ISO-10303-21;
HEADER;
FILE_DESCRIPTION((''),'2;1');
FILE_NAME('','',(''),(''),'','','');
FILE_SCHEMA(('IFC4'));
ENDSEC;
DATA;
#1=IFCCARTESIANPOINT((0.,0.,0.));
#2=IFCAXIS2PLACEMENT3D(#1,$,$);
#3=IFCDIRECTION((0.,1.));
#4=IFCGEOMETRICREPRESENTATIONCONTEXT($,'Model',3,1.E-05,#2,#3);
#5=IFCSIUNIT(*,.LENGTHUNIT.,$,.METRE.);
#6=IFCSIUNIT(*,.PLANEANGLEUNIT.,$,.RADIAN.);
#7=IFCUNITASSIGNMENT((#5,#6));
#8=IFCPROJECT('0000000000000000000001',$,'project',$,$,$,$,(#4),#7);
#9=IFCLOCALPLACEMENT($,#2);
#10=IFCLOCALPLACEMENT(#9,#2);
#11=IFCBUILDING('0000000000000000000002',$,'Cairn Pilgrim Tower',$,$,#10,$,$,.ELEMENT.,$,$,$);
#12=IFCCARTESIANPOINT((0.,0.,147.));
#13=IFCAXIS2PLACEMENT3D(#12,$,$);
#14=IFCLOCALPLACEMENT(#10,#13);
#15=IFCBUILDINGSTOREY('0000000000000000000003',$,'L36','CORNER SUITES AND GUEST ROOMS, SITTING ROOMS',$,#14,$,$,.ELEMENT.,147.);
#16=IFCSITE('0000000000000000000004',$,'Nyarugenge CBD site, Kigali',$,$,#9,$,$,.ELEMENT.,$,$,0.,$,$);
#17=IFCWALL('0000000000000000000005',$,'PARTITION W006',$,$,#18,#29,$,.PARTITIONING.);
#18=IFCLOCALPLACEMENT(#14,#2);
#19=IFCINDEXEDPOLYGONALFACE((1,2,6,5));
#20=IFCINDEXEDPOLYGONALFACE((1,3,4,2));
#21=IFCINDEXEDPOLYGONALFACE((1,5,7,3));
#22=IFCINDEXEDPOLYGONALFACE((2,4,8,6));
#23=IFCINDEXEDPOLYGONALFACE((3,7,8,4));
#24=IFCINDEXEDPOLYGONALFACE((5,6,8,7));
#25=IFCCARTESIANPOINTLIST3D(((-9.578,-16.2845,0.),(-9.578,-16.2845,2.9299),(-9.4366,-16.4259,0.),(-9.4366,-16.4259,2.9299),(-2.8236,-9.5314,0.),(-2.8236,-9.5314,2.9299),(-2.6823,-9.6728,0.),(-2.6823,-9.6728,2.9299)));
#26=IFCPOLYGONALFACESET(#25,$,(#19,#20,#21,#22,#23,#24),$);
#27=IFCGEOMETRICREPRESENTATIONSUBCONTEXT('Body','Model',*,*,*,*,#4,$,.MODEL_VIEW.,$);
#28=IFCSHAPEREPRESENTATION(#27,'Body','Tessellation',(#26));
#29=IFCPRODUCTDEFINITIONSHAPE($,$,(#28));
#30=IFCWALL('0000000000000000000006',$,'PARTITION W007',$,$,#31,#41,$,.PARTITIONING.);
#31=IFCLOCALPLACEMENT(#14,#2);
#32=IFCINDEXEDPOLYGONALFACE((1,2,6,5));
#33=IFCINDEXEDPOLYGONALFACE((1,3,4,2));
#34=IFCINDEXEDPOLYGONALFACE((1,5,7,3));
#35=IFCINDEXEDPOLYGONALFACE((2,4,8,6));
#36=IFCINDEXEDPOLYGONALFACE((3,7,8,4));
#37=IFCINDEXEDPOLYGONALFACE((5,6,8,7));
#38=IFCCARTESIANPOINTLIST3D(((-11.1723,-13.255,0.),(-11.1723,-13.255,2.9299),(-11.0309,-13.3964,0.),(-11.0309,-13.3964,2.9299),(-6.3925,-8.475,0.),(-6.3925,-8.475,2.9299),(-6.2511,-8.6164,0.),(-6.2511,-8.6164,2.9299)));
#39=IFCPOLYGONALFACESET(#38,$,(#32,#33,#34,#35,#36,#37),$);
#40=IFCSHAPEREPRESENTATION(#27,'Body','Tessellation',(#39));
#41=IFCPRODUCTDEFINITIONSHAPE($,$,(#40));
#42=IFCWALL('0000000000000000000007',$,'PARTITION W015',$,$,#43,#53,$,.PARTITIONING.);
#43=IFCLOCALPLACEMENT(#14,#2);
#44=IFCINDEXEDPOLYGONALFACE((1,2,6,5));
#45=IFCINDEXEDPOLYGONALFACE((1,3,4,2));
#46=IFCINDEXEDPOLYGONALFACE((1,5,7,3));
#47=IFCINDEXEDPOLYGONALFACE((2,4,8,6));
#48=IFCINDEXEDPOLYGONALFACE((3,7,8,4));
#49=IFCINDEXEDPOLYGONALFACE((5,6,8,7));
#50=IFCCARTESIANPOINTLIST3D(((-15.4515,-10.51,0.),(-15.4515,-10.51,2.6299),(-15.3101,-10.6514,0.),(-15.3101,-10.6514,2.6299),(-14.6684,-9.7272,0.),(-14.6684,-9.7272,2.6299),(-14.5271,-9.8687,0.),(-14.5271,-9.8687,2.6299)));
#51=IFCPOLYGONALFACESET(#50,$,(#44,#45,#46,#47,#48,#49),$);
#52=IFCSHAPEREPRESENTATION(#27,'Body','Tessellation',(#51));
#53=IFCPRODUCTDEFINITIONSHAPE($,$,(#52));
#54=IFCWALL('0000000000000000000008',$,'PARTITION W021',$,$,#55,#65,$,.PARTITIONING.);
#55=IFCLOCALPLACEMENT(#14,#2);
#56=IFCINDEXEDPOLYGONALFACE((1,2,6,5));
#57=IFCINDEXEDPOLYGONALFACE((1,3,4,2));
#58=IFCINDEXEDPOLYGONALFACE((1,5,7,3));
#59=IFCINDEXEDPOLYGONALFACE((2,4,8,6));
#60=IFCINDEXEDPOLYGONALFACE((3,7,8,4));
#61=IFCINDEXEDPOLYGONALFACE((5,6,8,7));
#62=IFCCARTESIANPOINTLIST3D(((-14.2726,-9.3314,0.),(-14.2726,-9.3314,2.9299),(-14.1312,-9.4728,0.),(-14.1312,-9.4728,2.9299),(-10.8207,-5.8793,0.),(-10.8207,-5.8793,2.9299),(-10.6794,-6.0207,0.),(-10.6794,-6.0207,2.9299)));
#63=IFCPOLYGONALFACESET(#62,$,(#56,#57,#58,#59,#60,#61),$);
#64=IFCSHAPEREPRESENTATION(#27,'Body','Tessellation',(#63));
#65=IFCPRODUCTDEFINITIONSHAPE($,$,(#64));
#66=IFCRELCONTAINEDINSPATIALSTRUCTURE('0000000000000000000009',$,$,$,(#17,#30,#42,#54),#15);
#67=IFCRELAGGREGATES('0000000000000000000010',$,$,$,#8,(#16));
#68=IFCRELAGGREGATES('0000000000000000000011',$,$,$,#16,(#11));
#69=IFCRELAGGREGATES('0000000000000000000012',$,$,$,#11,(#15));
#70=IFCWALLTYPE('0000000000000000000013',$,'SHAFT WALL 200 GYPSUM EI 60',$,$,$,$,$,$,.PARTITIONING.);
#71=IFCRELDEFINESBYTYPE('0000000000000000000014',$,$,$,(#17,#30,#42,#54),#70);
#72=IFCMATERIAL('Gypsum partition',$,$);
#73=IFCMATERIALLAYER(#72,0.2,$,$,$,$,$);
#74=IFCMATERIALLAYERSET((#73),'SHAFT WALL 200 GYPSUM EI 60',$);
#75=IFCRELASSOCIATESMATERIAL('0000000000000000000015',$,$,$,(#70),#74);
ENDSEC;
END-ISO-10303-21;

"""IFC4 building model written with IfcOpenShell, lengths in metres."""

from ifc_helpers import new_model, si_unit, direction, frame, frame_2d, origin, place, context, subcontext, project, spatial, rectangle, extrude, material, layer, layer_set, type_object, element, save


model = new_model("IFC4")

# Units and contexts
model_context = context("Model", 3, precision=1e-05, world=origin(), true_north=direction((0.0, 1.0)))
body_context = subcontext(model_context, "Body", "Model", "MODEL_VIEW")
ifc_project = project(units=[si_unit("LENGTHUNIT", "METRE"), si_unit("PLANEANGLEUNIT", "RADIAN")], contexts=[model_context])

# Site, building, storey
site_placement = place(None, origin())
site = spatial("IfcSite", under=ifc_project, at=site_placement, Name="Nyarugenge CBD site, Kigali", CompositionType="ELEMENT", RefElevation=0.0)
building_placement = place(site_placement, origin())
building = spatial("IfcBuilding", under=site, at=building_placement, Name="Cairn Pilgrim Tower", CompositionType="ELEMENT")
storey_placement = place(building_placement, frame((0.0, 0.0, 147.0)))
storey = spatial("IfcBuildingStorey", under=building, at=storey_placement, Name="L36", Description="CORNER SUITES AND GUEST ROOMS, SITTING ROOMS", CompositionType="ELEMENT", Elevation=147.0)

# Walls
ifc_material_1 = material(Name="Gypsum partition")
ifc_layer_1 = layer(ifc_material_1, 0.2)
ifc_layer_set_1 = layer_set([ifc_layer_1], Name="SHAFT WALL 200 GYPSUM EI 60")
wall_type_1 = type_object("IfcWallType", Name="SHAFT WALL 200 GYPSUM EI 60", PredefinedType="PARTITIONING", material=ifc_layer_set_1)
wall_1_placement = place(storey_placement, frame((-9.5073, -16.3552, 0.0), z_axis=(0.0, 0.0, 1.0), x_axis=(0.707171, 0.707043, 0.0)))
element("IfcWall", 1, at=wall_1_placement, inside=storey, type_object=wall_type_1, Name="PARTITION W006", PredefinedType="PARTITIONING", context=body_context, shape_type="SweptSolid", body=[
    extrude(rectangle(XDim=9.5513, YDim=0.2, at=frame_2d((4.7756, 0.0))), origin(), (0.0, 0.0, 1.0), 2.9299),
])
wall_2_placement = place(storey_placement, frame((-11.1016, -13.3257, 0.0), z_axis=(0.0, 0.0, 1.0), x_axis=(0.707089, 0.707125, 0.0)))
element("IfcWall", 2, at=wall_2_placement, inside=storey, type_object=wall_type_1, Name="PARTITION W007", PredefinedType="PARTITIONING", context=body_context, shape_type="SweptSolid", body=[
    extrude(rectangle(XDim=6.7598, YDim=0.2, at=frame_2d((3.3799, 0.0))), origin(), (0.0, 0.0, 1.0), 2.9299),
])
wall_3_placement = place(storey_placement, frame((-15.3809, -10.5808, 0.0), z_axis=(0.0, 0.0, 1.0), x_axis=(0.707217, 0.706997, 0.0)))
element("IfcWall", 3, at=wall_3_placement, inside=storey, type_object=wall_type_1, Name="PARTITION W015", PredefinedType="PARTITIONING", context=body_context, shape_type="SweptSolid", body=[
    extrude(rectangle(XDim=1.1072, YDim=0.2, at=frame_2d((0.5537, 0.0))), origin(), (0.0, 0.0, 1.0), 2.6299),
])
wall_4_placement = place(storey_placement, frame((-14.2019, -9.4021, 0.0), z_axis=(0.0, 0.0, 1.0), x_axis=(0.707082, 0.707132, 0.0)))
element("IfcWall", 4, at=wall_4_placement, inside=storey, type_object=wall_type_1, Name="PARTITION W021", PredefinedType="PARTITIONING", context=body_context, shape_type="SweptSolid", body=[
    extrude(rectangle(XDim=4.8818, YDim=0.2, at=frame_2d((2.4409, 0.0))), origin(), (0.0, 0.0, 1.0), 2.9299),
])

save(model, "model.ifc")
